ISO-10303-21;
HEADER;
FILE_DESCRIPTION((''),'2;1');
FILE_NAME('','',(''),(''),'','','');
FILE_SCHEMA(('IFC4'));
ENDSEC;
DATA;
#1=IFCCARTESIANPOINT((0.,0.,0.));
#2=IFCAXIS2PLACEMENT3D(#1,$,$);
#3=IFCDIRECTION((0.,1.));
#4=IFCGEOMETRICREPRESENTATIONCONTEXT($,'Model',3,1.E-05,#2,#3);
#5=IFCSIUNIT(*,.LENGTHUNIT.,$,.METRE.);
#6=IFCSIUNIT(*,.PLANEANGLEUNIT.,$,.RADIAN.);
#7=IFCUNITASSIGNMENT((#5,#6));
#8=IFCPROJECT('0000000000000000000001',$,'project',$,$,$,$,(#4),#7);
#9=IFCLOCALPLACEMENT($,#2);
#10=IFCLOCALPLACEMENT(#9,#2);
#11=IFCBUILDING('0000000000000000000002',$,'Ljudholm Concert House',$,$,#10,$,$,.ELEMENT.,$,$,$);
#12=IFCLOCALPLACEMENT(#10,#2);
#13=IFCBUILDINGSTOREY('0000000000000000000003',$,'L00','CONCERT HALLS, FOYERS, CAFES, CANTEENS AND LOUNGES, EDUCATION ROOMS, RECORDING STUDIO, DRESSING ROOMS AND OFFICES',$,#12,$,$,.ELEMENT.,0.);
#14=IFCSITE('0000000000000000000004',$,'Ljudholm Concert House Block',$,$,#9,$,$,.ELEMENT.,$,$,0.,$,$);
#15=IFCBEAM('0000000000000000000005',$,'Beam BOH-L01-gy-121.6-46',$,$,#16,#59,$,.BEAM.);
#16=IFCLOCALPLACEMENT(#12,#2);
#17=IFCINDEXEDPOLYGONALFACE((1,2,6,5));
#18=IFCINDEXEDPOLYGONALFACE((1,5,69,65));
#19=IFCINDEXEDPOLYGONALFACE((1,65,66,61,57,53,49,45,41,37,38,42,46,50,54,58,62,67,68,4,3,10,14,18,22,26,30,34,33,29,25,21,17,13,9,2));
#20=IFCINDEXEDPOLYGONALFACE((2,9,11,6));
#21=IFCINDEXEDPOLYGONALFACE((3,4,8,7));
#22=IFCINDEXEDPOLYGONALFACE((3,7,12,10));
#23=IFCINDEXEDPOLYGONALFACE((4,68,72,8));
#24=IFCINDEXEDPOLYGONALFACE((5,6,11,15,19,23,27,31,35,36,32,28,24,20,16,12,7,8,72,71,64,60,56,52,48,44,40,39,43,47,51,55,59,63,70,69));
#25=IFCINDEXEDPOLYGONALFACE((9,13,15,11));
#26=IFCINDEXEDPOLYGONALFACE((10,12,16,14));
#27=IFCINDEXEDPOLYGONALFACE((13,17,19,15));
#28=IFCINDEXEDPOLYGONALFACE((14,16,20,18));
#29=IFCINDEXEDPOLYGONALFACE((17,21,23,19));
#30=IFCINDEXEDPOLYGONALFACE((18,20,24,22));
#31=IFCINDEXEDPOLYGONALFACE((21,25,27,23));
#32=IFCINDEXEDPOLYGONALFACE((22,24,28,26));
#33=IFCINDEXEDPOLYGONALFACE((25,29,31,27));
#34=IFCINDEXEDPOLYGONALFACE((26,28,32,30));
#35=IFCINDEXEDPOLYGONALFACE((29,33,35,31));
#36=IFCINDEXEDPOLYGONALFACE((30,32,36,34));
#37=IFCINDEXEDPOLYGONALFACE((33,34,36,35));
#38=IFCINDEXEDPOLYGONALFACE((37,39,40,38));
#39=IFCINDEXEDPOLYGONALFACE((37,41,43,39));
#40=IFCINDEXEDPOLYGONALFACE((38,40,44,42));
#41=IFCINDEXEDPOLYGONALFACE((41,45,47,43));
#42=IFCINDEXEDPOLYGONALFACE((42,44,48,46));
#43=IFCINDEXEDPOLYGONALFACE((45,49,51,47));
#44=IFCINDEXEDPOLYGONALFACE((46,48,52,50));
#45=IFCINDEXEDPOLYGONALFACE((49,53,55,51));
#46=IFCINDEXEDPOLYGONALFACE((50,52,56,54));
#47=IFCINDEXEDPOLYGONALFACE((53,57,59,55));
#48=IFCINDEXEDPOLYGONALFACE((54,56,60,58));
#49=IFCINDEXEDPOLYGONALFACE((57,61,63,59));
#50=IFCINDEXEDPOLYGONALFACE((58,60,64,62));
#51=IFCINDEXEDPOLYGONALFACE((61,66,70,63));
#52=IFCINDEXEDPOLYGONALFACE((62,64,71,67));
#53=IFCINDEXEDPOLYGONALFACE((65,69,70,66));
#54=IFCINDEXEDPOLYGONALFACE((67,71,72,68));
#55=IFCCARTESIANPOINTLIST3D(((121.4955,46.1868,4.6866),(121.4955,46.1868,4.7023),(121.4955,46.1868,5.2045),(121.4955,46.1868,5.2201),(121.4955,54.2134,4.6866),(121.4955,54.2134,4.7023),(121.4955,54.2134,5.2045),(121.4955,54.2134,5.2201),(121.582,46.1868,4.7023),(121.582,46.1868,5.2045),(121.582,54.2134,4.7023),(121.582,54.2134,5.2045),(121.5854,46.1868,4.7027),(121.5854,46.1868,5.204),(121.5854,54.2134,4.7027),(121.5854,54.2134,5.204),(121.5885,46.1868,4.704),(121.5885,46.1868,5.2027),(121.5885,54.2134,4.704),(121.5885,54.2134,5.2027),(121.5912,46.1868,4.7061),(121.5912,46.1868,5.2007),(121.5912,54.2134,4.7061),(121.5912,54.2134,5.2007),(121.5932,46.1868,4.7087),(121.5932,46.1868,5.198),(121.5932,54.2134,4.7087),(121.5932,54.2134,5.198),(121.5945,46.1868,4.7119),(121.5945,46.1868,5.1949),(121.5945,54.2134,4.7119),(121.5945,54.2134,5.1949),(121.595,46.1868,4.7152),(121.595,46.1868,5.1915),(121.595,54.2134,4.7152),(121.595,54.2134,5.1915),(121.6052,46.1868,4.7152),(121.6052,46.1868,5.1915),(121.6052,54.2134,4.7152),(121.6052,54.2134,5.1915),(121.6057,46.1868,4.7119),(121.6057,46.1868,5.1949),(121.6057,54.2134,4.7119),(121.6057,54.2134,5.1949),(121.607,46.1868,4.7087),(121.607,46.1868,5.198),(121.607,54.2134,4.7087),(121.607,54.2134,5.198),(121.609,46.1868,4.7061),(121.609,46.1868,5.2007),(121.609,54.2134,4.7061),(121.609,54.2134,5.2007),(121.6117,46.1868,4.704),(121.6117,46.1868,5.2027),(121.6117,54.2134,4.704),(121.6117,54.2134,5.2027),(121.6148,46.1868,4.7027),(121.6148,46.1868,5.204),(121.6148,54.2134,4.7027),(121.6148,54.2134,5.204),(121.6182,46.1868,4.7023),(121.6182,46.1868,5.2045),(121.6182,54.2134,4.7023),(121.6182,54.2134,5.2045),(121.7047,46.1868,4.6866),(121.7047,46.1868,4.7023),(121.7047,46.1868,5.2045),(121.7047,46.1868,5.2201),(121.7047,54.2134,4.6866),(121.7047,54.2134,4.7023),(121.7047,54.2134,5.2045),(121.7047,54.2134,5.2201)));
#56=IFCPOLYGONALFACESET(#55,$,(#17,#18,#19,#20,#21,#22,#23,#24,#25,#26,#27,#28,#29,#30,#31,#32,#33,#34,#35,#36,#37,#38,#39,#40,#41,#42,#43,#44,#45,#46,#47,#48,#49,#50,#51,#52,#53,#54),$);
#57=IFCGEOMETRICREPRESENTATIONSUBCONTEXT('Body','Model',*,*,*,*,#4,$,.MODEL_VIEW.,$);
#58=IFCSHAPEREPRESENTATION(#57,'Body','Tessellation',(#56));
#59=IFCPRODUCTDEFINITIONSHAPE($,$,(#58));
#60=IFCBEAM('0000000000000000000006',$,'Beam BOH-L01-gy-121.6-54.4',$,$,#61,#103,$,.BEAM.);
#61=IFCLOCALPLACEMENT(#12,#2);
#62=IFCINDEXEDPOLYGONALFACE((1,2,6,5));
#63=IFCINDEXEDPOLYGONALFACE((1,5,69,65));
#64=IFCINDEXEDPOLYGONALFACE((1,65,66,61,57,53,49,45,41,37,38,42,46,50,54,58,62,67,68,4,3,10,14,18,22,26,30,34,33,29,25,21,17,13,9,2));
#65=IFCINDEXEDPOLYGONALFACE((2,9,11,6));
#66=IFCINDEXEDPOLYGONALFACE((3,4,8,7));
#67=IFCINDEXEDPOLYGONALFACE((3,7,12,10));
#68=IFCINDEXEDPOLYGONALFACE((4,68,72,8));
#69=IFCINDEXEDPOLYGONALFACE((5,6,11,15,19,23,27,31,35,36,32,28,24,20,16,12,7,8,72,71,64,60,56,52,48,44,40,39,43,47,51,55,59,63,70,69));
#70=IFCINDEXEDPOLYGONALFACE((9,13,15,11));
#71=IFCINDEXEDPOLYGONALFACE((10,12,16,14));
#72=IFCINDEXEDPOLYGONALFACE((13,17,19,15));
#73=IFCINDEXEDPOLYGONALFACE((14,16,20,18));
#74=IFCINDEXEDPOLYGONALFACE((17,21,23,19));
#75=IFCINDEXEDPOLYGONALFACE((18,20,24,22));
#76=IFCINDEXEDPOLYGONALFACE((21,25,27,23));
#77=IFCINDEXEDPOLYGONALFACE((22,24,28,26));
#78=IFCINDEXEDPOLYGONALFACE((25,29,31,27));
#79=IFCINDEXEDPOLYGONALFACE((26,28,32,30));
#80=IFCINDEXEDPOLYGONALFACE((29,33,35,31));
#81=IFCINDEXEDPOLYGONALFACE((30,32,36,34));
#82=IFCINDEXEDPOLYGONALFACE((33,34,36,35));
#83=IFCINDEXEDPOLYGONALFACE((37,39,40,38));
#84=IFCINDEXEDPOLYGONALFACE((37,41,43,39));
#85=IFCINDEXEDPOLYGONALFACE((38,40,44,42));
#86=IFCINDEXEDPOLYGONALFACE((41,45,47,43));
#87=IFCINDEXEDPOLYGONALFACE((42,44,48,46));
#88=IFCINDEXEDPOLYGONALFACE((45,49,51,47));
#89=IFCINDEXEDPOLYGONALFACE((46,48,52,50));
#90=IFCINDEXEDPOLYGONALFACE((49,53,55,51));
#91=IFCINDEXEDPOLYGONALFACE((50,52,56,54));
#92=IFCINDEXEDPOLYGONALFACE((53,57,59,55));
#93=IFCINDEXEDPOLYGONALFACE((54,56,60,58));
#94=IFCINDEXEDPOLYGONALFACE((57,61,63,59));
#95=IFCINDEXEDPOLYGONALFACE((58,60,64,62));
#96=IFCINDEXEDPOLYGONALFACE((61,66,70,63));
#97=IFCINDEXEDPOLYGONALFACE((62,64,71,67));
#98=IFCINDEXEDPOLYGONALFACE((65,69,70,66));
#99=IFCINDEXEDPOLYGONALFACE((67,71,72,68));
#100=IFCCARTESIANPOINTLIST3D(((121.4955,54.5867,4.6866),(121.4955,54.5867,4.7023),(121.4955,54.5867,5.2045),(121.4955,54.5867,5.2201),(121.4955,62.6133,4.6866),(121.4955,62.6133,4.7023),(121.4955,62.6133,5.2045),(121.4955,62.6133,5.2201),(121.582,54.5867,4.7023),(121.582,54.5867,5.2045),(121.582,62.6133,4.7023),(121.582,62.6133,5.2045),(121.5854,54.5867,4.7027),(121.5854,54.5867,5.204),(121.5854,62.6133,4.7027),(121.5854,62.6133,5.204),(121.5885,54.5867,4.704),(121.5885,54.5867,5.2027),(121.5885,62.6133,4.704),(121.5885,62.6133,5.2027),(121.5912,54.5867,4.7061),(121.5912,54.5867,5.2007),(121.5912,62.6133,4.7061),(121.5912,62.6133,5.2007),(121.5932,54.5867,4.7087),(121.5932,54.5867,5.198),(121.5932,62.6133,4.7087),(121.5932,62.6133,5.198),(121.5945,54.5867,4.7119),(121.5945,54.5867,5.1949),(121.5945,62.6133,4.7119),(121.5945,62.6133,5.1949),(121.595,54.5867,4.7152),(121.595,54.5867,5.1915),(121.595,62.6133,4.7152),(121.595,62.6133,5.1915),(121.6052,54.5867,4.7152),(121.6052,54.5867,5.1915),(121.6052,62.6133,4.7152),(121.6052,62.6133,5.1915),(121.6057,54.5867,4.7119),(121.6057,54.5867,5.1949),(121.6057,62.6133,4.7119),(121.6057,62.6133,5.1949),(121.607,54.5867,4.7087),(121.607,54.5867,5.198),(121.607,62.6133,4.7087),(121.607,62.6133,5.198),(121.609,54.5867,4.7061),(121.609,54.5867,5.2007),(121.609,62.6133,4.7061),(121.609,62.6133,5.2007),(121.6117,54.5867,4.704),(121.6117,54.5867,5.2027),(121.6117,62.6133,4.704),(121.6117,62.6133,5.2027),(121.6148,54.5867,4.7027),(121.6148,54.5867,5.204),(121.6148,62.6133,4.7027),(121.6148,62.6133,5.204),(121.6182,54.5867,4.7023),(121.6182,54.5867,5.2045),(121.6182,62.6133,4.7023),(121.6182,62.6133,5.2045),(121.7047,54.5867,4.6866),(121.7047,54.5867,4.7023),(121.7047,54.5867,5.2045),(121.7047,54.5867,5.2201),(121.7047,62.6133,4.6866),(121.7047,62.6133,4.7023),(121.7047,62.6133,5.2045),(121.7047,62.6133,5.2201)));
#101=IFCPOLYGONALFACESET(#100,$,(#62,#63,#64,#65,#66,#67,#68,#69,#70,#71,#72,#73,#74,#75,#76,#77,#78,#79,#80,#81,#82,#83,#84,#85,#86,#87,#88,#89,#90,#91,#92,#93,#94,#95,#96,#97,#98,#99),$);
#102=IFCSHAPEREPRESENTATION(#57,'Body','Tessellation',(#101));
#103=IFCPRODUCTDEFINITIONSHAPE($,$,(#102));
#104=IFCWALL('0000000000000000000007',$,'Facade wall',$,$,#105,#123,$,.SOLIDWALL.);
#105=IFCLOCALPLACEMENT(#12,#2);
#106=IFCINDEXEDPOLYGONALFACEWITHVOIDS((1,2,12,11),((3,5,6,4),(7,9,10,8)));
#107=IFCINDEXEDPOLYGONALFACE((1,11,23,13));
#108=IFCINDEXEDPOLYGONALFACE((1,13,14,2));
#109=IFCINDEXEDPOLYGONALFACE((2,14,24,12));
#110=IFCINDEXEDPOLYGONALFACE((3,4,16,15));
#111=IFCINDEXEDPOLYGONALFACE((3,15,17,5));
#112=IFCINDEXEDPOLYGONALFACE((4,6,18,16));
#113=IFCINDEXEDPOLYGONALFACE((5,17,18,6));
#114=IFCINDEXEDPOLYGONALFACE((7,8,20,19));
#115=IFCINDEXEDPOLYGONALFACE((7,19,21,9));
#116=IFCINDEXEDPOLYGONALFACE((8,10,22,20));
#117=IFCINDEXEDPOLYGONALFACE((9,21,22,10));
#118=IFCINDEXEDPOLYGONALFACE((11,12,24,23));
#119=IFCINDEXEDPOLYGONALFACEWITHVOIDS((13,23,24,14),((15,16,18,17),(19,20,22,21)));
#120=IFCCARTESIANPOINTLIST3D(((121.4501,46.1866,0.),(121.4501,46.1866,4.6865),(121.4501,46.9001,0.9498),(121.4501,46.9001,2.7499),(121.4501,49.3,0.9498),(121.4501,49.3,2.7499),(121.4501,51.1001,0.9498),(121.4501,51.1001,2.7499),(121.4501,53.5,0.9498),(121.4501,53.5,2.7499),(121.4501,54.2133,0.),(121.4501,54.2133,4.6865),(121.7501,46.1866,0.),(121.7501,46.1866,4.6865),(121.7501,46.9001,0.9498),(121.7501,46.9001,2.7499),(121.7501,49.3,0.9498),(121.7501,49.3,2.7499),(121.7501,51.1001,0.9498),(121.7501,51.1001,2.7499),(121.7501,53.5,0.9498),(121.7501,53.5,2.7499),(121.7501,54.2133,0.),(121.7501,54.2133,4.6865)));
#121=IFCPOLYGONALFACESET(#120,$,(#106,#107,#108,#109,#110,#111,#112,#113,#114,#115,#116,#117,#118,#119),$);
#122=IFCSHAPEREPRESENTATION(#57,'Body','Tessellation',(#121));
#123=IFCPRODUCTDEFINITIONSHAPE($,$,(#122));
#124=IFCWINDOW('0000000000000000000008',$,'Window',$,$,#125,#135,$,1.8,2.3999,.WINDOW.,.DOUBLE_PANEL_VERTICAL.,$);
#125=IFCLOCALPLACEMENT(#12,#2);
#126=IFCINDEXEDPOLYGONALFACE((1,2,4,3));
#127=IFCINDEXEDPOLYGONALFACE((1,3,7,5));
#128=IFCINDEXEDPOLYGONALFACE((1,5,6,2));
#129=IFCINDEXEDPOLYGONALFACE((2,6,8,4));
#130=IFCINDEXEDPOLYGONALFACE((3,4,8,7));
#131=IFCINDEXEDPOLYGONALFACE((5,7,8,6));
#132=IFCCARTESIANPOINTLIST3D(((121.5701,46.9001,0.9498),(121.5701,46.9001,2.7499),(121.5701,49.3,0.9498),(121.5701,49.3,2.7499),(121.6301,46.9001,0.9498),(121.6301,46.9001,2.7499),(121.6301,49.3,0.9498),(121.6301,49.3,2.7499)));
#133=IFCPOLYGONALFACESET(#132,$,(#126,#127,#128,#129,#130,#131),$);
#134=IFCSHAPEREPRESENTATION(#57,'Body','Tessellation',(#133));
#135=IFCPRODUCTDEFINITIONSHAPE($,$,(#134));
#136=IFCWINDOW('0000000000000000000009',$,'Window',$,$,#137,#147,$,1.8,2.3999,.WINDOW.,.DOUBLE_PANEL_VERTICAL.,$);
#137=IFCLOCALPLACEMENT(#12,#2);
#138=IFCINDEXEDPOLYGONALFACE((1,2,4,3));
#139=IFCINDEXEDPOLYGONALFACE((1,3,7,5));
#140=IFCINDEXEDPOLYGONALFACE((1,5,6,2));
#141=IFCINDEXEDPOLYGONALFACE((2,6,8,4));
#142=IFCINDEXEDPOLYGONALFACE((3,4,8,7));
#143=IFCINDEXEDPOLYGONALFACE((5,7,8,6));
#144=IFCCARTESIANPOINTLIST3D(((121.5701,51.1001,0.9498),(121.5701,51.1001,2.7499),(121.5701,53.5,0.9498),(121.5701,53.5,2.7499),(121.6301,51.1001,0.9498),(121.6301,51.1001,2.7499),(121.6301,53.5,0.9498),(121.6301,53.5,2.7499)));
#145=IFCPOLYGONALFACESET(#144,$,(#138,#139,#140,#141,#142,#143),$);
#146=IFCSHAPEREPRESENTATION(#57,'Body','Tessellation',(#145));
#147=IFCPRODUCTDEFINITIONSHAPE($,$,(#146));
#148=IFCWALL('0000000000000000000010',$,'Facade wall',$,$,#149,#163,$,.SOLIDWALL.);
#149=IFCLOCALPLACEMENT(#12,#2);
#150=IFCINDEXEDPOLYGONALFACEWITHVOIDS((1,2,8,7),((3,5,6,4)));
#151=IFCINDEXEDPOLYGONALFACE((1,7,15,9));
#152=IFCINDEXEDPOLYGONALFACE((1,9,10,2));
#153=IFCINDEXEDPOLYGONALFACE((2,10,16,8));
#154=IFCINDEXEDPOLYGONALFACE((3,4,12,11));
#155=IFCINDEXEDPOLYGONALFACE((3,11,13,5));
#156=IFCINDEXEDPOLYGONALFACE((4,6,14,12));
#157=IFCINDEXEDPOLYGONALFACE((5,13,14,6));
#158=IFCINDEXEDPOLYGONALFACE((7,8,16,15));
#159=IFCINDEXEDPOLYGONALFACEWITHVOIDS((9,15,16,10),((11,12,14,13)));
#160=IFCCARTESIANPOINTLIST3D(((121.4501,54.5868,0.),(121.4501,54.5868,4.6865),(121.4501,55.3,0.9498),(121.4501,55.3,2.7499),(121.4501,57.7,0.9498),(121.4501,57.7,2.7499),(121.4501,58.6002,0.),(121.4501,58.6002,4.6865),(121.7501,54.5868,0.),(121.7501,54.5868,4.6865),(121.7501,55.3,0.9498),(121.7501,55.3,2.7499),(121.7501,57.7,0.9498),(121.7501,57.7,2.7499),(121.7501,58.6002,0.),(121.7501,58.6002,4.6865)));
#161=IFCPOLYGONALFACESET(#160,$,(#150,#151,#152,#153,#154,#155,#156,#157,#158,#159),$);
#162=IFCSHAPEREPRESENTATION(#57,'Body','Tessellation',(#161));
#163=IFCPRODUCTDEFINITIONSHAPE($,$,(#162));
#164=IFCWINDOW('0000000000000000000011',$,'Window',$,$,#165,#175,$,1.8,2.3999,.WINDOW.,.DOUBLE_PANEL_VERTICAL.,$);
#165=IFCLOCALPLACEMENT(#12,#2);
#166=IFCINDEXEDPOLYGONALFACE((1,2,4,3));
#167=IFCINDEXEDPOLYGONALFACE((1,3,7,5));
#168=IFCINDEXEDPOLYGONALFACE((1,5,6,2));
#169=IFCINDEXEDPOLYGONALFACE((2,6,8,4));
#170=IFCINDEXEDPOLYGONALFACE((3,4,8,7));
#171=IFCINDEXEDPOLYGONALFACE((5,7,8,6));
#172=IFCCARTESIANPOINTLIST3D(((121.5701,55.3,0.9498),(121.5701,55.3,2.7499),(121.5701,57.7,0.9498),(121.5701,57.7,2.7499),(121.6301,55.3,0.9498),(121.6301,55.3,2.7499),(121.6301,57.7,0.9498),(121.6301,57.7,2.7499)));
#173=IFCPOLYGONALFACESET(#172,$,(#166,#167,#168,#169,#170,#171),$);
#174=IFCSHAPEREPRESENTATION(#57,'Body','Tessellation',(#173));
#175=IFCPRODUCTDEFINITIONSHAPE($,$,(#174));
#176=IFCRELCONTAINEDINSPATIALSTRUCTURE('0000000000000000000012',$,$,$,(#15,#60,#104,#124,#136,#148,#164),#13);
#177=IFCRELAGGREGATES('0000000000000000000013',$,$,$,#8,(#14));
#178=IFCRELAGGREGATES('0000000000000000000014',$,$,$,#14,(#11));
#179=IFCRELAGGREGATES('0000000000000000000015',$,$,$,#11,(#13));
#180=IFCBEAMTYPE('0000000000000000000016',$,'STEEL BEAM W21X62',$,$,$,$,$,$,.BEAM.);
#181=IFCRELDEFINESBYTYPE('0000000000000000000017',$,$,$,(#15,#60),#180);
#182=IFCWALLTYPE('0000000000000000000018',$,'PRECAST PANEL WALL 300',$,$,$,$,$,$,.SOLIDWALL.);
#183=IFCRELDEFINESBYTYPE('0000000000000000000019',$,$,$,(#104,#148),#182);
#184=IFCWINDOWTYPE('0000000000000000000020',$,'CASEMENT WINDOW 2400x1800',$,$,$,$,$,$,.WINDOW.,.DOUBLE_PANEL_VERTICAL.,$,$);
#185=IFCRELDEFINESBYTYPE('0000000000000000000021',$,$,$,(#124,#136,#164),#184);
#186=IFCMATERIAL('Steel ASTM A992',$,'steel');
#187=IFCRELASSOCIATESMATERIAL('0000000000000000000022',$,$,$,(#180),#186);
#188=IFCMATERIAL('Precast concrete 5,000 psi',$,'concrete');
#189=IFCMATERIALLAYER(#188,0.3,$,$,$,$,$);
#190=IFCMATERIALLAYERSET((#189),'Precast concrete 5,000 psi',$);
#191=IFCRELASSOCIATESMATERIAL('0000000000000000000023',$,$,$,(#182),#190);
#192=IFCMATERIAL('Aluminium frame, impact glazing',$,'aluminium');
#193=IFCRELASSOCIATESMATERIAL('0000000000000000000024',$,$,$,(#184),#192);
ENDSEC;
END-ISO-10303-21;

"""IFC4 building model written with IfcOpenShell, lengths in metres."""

from ifc_helpers import new_model, si_unit, direction, frame, frame_2d, origin, origin_2d, place, context, subcontext, project, spatial, rectangle, i_section, extrude, material, layer, layer_set, material_profile, profile_set, type_object, element, fill, save


model = new_model("IFC4")

# Units and contexts
model_context = context("Model", 3, precision=1e-05, world=origin(), true_north=direction((0.0, 1.0)))
body_context = subcontext(model_context, "Body", "Model", "MODEL_VIEW")
ifc_project = project(units=[si_unit("LENGTHUNIT", "METRE"), si_unit("PLANEANGLEUNIT", "RADIAN")], contexts=[model_context])

# Site, building, storey
site_placement = place(None, origin())
site = spatial("IfcSite", under=ifc_project, at=site_placement, Name="Ljudholm Concert House Block", CompositionType="ELEMENT", RefElevation=0.0)
building_placement = place(site_placement, origin())
building = spatial("IfcBuilding", under=site, at=building_placement, Name="Ljudholm Concert House", CompositionType="ELEMENT")
storey_placement = place(building_placement, origin())
storey = spatial("IfcBuildingStorey", under=building, at=storey_placement, Name="L00", Description="CONCERT HALLS, FOYERS, CAFES, CANTEENS AND LOUNGES, EDUCATION ROOMS, RECORDING STUDIO, DRESSING ROOMS AND OFFICES", CompositionType="ELEMENT", Elevation=0.0)

# Beams
ifc_material_1 = material(Name="Steel ASTM A992", Category="steel")
ifc_material_profile_1 = material_profile(ifc_material_1, i_section(OverallWidth=0.2092, OverallDepth=0.5334, WebThickness=0.0103, FlangeThickness=0.0156, FilletRadius=0.0129, at=origin_2d()), Name="W21X62")
ifc_profile_set_1 = profile_set([ifc_material_profile_1], Name="Steel ASTM A992")
beam_type_1 = type_object("IfcBeamType", Name="STEEL BEAM W21X62", PredefinedType="BEAM", material=ifc_profile_set_1)
for number, where, z_axis, x_axis, name in (
    (1, (121.6001, 46.1868, 4.9534), (0.0, 1.0, 0.0), (-1.0, 0.0, 0.0), "Beam BOH-L01-gy-121.6-46"),
    (2, (121.6001, 54.5867, 4.9534), (0.0, 1.0, 0.0), (-1.0, 0.0, 0.0), "Beam BOH-L01-gy-121.6-54.4"),
):
    element("IfcBeam", number, at=place(storey_placement, frame(where, z_axis=z_axis, x_axis=x_axis)), inside=storey, type_object=beam_type_1, Name=name, PredefinedType="BEAM", context=body_context, shape_type="SweptSolid", body=[
        extrude(i_section(OverallWidth=0.2092, OverallDepth=0.5334, WebThickness=0.0103, FlangeThickness=0.0156, FilletRadius=0.0129, at=origin_2d()), origin(), (0.0, 0.0, 1.0), 8.0266),
    ])

# Wall, openings, windows
ifc_material_2 = material(Name="Precast concrete 5,000 psi", Category="concrete")
ifc_layer_1 = layer(ifc_material_2, 0.3)
ifc_layer_set_1 = layer_set([ifc_layer_1], Name="Precast concrete 5,000 psi")
wall_type = type_object("IfcWallType", Name="PRECAST PANEL WALL 300", PredefinedType="SOLIDWALL", material=ifc_layer_set_1)
wall_1_placement = place(storey_placement, frame((121.6001, 46.1868, 0.0), z_axis=(0.0, 0.0, 1.0), x_axis=(0.0, 1.0, 0.0)))
wall_1 = element("IfcWall", 3, at=wall_1_placement, inside=storey, type_object=wall_type, Name="Facade wall", PredefinedType="SOLIDWALL", context=body_context, shape_type="SweptSolid", body=[
    extrude(rectangle(XDim=8.0266, YDim=0.3, at=frame_2d((4.0132, 0.0))), origin(), (0.0, 0.0, 1.0), 4.6865),
])
opening_1_placement = place(wall_1_placement, frame((0.7134, 0.0, 0.95)))
opening_1 = element("IfcOpeningElement", 4, at=opening_1_placement, cuts=wall_1, PredefinedType="OPENING", context=body_context, shape_type="SweptSolid", body=[
    extrude(rectangle(XDim=2.3999, YDim=1.8, at=frame_2d((1.2, 0.8999))), frame((0.0, 0.1599, 0.0), z_axis=(0.0, -1.0, 0.0), x_axis=(1.0, 0.0, 0.0)), (0.0, 0.0, 1.0), 0.3201),
])
opening_2_placement = place(wall_1_placement, frame((4.9133, 0.0, 0.95)))
opening_2 = element("IfcOpeningElement", 5, at=opening_2_placement, cuts=wall_1, PredefinedType="OPENING", context=body_context, shape_type="SweptSolid", body=[
    extrude(rectangle(XDim=2.3999, YDim=1.8, at=frame_2d((1.2, 0.8999))), frame((0.0, 0.1599, 0.0), z_axis=(0.0, -1.0, 0.0), x_axis=(1.0, 0.0, 0.0)), (0.0, 0.0, 1.0), 0.3201),
])
ifc_material_3 = material(Name="Aluminium frame, impact glazing", Category="aluminium")
window_type = type_object("IfcWindowType", Name="CASEMENT WINDOW 2400x1800", PartitioningType="DOUBLE_PANEL_VERTICAL", PredefinedType="WINDOW", material=ifc_material_3)
window_1_placement = place(opening_1_placement, origin())
window_1 = element("IfcWindow", 6, at=window_1_placement, inside=storey, type_object=window_type, Name="Window", OverallHeight=1.8, OverallWidth=2.3999, PartitioningType="DOUBLE_PANEL_VERTICAL", PredefinedType="WINDOW", context=body_context, shape_type="SweptSolid", body=[
    extrude(rectangle(XDim=2.3999, YDim=1.8, at=frame_2d((1.2, 0.8999))), frame((0.0, 0.03, 0.0), z_axis=(0.0, -1.0, 0.0), x_axis=(1.0, 0.0, 0.0)), (0.0, 0.0, 1.0), 0.0601),
])
fill(opening_1, window_1)
window_2_placement = place(opening_2_placement, origin())
window_2 = element("IfcWindow", 7, at=window_2_placement, inside=storey, type_object=window_type, Name="Window", OverallHeight=1.8, OverallWidth=2.3999, PartitioningType="DOUBLE_PANEL_VERTICAL", PredefinedType="WINDOW", context=body_context, shape_type="SweptSolid", body=[
    extrude(rectangle(XDim=2.3999, YDim=1.8, at=frame_2d((1.2, 0.8999))), frame((0.0, 0.03, 0.0), z_axis=(0.0, -1.0, 0.0), x_axis=(1.0, 0.0, 0.0)), (0.0, 0.0, 1.0), 0.0601),
])
fill(opening_2, window_2)

# Wall, opening, window
wall_2_placement = place(storey_placement, frame((121.6001, 54.5867, 0.0), z_axis=(0.0, 0.0, 1.0), x_axis=(0.0, 1.0, 0.0)))
wall_2 = element("IfcWall", 8, at=wall_2_placement, inside=storey, type_object=wall_type, Name="Facade wall", PredefinedType="SOLIDWALL", context=body_context, shape_type="SweptSolid", body=[
    extrude(rectangle(XDim=4.0134, YDim=0.3, at=frame_2d((2.0068, 0.0))), origin(), (0.0, 0.0, 1.0), 4.6865),
])
opening_3_placement = place(wall_2_placement, frame((0.7134, 0.0, 0.95)))
opening_3 = element("IfcOpeningElement", 9, at=opening_3_placement, cuts=wall_2, PredefinedType="OPENING", context=body_context, shape_type="SweptSolid", body=[
    extrude(rectangle(XDim=2.3999, YDim=1.8, at=frame_2d((1.2, 0.8999))), frame((0.0, 0.1599, 0.0), z_axis=(0.0, -1.0, 0.0), x_axis=(1.0, 0.0, 0.0)), (0.0, 0.0, 1.0), 0.3201),
])
window_3_placement = place(opening_3_placement, origin())
window_3 = element("IfcWindow", 10, at=window_3_placement, inside=storey, type_object=window_type, Name="Window", OverallHeight=1.8, OverallWidth=2.3999, PartitioningType="DOUBLE_PANEL_VERTICAL", PredefinedType="WINDOW", context=body_context, shape_type="SweptSolid", body=[
    extrude(rectangle(XDim=2.3999, YDim=1.8, at=frame_2d((1.2, 0.8999))), frame((0.0, 0.03, 0.0), z_axis=(0.0, -1.0, 0.0), x_axis=(1.0, 0.0, 0.0)), (0.0, 0.0, 1.0), 0.0601),
])
fill(opening_3, window_3)

save(model, "model.ifc")
